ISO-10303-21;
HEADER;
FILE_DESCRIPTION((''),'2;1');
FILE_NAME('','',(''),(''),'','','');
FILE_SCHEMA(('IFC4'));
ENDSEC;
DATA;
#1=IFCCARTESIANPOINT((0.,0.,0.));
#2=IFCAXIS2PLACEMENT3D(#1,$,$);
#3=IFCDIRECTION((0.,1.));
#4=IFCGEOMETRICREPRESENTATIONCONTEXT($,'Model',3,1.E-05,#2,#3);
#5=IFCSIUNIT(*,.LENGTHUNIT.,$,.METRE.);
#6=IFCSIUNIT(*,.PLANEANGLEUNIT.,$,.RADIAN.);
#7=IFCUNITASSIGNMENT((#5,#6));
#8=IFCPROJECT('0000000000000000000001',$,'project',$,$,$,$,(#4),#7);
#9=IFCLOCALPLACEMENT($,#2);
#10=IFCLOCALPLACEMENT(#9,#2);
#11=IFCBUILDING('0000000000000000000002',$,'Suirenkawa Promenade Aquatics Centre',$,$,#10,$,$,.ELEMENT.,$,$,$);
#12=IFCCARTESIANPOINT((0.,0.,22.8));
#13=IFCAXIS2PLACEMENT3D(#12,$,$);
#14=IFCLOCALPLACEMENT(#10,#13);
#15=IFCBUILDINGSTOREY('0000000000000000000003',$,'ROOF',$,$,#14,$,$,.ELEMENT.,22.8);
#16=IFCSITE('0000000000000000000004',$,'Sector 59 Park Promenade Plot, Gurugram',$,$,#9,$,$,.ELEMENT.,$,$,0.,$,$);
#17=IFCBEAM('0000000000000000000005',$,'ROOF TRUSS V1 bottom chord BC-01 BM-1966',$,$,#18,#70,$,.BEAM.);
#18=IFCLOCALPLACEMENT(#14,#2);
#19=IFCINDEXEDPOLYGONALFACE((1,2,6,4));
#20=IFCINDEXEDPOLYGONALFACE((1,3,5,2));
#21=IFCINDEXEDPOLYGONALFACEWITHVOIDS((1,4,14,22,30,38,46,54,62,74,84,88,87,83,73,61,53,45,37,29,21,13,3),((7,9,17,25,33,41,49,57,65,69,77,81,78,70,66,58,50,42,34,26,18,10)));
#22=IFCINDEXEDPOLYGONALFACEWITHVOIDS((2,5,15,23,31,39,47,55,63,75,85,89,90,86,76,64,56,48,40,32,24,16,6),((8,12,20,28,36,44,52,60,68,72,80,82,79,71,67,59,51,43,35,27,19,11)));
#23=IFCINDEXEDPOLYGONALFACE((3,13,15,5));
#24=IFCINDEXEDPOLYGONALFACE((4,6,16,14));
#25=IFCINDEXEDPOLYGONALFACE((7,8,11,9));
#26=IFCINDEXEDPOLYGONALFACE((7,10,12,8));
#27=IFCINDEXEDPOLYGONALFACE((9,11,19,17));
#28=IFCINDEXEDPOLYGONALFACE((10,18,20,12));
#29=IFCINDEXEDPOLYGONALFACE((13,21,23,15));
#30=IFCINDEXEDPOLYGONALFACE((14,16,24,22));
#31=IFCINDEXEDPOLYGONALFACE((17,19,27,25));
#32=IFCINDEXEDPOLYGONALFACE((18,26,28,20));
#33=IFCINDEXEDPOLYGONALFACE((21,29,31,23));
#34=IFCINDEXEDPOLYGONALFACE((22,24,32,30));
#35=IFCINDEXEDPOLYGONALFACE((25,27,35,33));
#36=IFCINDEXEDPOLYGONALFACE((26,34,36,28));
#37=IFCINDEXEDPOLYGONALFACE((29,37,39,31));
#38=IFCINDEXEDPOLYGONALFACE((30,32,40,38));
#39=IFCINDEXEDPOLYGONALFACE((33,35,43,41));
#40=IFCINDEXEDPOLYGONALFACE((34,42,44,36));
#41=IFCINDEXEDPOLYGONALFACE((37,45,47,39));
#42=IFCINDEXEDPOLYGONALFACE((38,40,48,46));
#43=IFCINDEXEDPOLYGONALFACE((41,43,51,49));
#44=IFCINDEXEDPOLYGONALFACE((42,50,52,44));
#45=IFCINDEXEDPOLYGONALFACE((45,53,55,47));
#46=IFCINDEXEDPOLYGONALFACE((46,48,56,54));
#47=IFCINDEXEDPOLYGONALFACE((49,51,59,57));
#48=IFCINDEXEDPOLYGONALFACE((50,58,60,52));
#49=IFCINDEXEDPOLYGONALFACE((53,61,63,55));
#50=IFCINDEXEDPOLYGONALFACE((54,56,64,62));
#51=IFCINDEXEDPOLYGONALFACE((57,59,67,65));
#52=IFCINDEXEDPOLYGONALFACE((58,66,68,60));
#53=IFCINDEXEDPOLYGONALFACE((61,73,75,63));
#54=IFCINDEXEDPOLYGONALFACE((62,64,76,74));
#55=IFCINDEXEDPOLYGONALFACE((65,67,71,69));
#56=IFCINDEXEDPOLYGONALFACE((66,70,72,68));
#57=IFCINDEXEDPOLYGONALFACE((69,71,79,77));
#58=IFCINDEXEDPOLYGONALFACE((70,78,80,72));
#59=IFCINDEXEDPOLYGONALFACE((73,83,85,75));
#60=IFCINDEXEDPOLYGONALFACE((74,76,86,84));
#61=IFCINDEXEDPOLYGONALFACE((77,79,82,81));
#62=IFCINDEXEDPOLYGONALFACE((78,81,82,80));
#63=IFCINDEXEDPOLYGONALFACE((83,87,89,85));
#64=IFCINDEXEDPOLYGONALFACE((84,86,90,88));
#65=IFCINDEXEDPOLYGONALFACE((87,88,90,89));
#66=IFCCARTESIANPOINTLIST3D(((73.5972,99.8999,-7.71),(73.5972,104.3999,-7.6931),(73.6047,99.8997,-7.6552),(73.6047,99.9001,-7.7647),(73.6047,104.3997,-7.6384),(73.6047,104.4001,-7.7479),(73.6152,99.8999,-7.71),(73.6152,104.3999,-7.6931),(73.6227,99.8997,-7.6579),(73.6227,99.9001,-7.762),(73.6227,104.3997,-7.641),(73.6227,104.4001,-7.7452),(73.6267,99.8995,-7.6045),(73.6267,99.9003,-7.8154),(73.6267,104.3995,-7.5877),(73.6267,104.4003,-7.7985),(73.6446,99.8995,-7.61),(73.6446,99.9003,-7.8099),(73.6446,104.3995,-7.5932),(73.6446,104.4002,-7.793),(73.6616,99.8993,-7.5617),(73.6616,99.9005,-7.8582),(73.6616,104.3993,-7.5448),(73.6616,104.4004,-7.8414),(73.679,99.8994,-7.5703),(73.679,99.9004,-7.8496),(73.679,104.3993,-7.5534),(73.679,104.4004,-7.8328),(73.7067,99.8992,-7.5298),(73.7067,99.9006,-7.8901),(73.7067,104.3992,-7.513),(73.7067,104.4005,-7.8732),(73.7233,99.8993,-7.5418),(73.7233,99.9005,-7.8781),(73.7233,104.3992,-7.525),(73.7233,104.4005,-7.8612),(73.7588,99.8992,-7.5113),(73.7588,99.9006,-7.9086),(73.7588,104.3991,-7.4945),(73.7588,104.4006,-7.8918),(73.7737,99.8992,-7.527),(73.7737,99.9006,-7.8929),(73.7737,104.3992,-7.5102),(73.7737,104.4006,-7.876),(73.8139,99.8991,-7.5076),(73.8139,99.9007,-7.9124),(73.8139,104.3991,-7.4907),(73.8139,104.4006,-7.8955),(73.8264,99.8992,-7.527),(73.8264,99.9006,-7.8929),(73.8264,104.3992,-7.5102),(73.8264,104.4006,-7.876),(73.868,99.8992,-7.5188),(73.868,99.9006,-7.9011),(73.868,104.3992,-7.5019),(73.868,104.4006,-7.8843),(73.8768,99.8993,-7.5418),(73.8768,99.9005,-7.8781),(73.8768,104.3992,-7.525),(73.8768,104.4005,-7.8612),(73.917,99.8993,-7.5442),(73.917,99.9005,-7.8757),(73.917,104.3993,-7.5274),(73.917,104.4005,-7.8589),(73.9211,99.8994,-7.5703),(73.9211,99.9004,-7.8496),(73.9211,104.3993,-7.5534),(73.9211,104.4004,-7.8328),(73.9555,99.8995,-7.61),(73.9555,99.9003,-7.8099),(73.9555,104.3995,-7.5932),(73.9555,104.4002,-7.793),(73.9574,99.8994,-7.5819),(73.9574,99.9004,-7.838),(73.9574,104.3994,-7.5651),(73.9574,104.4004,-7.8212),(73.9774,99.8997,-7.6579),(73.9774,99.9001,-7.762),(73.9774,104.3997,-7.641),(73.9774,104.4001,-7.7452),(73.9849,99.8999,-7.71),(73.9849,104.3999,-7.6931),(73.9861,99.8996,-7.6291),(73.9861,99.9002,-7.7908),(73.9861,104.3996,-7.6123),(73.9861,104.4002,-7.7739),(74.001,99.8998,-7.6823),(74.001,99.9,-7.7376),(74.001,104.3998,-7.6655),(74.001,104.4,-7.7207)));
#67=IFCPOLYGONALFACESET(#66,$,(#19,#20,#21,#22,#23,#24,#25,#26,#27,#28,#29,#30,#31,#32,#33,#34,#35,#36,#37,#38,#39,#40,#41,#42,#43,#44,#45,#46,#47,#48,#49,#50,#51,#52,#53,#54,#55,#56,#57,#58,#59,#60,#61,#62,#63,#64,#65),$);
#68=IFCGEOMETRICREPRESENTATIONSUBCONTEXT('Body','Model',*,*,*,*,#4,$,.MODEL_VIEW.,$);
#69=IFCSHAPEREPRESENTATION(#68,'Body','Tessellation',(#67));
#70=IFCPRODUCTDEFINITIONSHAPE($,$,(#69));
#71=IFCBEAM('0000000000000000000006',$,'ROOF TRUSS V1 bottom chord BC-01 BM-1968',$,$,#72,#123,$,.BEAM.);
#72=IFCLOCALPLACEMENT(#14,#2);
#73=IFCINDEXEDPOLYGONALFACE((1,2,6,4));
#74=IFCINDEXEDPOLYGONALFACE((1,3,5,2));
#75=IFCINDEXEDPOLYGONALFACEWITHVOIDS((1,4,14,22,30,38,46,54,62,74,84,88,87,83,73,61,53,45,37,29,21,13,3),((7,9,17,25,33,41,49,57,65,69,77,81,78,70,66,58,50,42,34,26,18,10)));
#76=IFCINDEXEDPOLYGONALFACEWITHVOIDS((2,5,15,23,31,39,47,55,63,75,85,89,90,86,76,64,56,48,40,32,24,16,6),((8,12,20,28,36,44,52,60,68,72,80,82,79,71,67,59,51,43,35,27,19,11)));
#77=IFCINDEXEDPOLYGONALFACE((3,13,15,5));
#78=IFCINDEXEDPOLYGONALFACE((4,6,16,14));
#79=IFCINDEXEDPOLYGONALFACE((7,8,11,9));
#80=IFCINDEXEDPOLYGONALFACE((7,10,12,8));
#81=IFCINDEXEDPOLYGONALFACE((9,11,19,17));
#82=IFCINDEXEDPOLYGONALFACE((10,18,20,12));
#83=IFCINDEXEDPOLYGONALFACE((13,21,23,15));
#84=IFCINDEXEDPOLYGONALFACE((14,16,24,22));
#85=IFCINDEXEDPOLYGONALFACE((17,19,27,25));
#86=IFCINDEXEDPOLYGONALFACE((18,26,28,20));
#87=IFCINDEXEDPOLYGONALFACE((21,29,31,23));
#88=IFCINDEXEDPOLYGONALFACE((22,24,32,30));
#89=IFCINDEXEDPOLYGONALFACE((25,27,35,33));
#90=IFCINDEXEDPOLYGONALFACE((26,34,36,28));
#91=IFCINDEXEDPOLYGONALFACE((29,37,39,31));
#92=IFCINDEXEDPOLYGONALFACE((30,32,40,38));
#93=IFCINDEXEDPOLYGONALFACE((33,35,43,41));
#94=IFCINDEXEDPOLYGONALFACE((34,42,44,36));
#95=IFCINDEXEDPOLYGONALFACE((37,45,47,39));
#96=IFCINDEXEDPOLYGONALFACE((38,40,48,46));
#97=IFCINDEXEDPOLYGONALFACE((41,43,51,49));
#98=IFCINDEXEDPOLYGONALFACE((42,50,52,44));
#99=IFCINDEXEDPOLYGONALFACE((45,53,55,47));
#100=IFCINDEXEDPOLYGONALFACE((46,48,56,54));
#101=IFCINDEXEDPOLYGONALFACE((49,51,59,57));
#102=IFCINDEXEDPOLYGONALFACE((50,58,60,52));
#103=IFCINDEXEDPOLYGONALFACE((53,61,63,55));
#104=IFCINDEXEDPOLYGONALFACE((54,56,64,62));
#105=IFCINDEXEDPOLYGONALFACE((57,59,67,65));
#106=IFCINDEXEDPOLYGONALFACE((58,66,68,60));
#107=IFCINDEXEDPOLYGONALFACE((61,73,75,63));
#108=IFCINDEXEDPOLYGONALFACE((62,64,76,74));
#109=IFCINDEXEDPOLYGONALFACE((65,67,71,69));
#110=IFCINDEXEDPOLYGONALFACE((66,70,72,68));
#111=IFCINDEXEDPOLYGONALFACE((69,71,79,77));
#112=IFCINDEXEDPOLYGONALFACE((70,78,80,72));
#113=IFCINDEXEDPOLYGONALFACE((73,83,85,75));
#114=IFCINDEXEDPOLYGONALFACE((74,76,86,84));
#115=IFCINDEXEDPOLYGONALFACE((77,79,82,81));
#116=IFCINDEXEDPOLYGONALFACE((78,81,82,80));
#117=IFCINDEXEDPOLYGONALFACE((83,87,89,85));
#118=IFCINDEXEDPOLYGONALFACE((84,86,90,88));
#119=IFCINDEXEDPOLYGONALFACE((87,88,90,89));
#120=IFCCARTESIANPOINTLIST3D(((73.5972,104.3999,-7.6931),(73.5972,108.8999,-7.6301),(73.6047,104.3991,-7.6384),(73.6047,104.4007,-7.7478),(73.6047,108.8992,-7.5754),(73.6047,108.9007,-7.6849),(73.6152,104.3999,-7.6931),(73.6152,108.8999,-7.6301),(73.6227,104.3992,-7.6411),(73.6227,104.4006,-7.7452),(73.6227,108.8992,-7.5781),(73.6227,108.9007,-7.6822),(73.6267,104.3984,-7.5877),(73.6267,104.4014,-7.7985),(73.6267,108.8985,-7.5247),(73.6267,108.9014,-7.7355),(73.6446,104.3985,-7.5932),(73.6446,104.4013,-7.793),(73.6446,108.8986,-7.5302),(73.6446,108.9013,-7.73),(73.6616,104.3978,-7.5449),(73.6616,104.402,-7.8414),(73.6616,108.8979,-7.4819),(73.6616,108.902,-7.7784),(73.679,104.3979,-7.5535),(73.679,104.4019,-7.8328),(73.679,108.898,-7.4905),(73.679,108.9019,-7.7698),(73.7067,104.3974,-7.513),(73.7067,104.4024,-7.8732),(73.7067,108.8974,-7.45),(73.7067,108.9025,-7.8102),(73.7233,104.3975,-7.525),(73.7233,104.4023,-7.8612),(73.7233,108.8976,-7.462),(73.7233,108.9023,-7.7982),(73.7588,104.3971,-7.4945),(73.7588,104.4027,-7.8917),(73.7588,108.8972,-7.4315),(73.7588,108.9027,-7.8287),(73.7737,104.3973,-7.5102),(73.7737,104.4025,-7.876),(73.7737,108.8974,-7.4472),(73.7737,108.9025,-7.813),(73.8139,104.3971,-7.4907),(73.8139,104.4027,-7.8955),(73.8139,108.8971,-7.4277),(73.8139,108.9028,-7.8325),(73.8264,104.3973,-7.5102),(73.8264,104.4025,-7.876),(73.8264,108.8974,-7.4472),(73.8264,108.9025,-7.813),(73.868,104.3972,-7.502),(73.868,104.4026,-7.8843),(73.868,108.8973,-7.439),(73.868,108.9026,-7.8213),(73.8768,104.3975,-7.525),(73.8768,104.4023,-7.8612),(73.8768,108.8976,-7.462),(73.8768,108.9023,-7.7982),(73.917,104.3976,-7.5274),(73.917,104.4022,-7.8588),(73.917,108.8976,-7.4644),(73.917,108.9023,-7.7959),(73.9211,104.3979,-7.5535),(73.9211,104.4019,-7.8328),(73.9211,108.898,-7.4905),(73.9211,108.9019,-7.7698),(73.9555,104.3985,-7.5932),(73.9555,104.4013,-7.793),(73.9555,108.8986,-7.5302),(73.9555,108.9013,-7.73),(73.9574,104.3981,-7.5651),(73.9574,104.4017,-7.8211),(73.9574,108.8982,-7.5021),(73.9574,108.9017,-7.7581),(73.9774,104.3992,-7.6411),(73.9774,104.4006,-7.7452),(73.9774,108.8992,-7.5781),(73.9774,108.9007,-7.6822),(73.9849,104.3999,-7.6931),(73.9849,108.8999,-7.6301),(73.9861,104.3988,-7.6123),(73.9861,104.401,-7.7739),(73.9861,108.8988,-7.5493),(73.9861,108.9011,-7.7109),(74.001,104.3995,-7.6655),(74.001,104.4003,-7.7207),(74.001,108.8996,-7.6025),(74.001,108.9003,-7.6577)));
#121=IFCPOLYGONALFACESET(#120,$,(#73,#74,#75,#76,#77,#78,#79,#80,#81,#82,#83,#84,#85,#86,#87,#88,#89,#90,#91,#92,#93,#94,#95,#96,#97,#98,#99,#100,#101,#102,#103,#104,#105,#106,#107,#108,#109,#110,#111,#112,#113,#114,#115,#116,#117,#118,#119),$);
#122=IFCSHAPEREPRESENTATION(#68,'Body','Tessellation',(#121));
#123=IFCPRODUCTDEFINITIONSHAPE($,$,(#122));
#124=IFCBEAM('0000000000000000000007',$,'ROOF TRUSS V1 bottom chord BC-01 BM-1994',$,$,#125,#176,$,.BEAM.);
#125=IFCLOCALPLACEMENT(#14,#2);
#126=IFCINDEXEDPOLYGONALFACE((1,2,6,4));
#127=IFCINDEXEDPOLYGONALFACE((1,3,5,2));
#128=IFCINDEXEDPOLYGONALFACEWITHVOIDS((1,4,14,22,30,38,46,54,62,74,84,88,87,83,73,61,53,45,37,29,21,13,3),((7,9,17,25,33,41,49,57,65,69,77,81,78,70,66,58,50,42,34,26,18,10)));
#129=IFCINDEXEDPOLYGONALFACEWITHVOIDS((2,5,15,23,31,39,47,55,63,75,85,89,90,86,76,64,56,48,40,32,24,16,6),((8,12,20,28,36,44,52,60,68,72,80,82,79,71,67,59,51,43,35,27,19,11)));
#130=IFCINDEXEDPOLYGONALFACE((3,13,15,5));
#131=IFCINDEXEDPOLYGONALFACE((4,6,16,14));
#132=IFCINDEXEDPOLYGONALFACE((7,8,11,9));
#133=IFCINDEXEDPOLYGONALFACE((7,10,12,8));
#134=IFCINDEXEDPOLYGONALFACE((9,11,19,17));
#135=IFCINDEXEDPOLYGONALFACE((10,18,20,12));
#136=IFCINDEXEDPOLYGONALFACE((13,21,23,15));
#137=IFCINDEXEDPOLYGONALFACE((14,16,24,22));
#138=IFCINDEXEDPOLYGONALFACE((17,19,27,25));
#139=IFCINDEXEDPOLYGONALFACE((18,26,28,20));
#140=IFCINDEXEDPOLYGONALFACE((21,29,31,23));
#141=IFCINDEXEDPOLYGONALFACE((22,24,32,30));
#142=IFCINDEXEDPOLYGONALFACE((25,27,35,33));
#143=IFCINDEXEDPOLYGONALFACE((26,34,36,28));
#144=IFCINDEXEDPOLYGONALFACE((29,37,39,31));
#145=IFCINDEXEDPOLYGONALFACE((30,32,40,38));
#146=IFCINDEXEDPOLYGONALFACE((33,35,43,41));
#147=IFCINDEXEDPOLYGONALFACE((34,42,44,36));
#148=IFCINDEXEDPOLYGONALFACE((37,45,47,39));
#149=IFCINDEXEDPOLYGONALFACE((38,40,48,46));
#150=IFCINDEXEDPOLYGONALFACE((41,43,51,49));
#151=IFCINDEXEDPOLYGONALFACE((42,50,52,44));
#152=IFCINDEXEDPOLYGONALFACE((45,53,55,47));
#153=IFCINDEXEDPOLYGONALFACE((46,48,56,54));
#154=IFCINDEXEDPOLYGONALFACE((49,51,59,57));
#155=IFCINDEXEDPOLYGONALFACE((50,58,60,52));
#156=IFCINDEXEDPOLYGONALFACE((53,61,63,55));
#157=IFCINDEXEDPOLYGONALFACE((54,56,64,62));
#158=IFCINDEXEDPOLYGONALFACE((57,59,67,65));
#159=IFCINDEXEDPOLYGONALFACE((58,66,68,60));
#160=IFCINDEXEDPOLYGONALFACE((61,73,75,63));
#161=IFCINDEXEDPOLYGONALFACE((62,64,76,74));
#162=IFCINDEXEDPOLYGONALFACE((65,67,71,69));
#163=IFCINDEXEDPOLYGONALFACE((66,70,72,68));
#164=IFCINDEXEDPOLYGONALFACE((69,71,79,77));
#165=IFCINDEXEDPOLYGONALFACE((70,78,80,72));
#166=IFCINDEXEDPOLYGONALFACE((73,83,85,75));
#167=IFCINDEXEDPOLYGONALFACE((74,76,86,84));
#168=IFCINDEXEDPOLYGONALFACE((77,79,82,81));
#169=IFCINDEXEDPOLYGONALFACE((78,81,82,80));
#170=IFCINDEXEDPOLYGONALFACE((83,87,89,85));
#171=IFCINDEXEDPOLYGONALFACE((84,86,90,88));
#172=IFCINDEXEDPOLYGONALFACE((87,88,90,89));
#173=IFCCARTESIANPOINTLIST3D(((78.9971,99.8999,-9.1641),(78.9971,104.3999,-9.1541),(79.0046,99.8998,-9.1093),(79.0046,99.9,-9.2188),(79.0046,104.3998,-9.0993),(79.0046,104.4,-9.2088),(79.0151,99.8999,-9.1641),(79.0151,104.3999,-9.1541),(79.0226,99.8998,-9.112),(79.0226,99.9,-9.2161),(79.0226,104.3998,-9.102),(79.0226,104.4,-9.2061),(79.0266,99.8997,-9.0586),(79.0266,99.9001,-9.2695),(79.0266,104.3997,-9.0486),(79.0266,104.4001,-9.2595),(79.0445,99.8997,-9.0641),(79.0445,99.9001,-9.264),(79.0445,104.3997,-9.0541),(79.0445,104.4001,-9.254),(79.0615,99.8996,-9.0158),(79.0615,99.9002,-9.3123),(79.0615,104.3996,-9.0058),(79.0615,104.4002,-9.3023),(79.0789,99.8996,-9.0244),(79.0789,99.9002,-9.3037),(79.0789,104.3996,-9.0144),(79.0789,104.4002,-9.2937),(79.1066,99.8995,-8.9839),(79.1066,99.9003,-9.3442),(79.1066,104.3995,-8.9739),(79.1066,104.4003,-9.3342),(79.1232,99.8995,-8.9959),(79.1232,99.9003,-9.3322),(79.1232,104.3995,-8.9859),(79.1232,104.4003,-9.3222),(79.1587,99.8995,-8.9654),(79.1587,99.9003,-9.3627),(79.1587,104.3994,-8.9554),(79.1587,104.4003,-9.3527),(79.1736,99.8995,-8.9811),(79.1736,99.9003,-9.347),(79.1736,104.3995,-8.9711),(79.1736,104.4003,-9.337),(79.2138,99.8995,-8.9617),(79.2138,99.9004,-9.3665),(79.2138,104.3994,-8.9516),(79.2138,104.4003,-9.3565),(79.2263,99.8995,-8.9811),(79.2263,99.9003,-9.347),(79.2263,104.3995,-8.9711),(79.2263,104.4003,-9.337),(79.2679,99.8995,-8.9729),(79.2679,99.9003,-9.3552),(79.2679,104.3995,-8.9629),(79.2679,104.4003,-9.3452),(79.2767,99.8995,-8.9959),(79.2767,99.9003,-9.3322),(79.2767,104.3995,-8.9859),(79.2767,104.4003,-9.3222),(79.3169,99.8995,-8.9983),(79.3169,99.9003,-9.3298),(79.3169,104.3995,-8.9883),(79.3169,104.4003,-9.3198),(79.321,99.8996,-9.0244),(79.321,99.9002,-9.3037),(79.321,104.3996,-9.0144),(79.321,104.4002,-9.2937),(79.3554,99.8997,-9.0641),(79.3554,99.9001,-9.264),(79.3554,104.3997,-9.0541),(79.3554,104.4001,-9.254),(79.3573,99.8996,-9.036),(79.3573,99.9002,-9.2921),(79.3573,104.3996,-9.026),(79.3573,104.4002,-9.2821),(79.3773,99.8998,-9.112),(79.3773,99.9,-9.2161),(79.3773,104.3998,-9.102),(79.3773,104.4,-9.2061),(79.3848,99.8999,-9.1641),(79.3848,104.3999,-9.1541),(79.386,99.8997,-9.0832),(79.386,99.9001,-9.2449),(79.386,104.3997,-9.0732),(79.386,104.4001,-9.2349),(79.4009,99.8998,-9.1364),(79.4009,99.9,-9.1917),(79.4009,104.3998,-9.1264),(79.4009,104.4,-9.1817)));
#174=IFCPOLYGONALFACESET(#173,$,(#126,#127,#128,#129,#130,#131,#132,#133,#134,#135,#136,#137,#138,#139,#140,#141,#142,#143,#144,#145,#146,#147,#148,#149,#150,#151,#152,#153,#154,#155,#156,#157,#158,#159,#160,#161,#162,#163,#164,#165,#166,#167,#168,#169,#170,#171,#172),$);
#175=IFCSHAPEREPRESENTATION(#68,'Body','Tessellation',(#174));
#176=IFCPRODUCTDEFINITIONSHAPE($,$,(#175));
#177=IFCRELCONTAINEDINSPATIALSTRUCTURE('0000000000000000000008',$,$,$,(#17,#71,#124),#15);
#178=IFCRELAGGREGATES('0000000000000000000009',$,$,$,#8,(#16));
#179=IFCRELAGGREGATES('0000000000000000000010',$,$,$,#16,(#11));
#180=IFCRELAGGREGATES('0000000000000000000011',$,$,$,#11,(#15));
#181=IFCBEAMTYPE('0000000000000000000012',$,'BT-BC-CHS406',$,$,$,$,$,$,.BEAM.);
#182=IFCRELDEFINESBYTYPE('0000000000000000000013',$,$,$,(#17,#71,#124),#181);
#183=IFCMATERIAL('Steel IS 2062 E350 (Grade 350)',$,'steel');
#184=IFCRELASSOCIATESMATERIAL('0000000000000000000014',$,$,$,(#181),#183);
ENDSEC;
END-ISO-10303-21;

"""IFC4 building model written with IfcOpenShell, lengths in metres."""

from ifc_helpers import new_model, si_unit, direction, frame, origin, origin_2d, place, context, subcontext, project, spatial, hollow_circle, extrude, material, material_profile, profile_set, type_object, element, save


model = new_model("IFC4")

# Units and contexts
model_context = context("Model", 3, precision=1e-05, world=origin(), true_north=direction((0.0, 1.0)))
body_context = subcontext(model_context, "Body", "Model", "MODEL_VIEW")
ifc_project = project(units=[si_unit("LENGTHUNIT", "METRE"), si_unit("PLANEANGLEUNIT", "RADIAN")], contexts=[model_context])

# Site, building, storey
site_placement = place(None, origin())
site = spatial("IfcSite", under=ifc_project, at=site_placement, Name="Sector 59 Park Promenade Plot, Gurugram", CompositionType="ELEMENT", RefElevation=0.0)
building_placement = place(site_placement, origin())
building = spatial("IfcBuilding", under=site, at=building_placement, Name="Suirenkawa Promenade Aquatics Centre", CompositionType="ELEMENT")
storey_placement = place(building_placement, frame((0.0, 0.0, 22.8)))
storey = spatial("IfcBuildingStorey", under=building, at=storey_placement, Name="ROOF", CompositionType="ELEMENT", Elevation=22.8)

# Beams
ifc_material_1 = material(Name="Steel IS 2062 E350 (Grade 350)", Category="steel")
ifc_material_profile_1 = material_profile(ifc_material_1, hollow_circle(Radius=0.2029, WallThickness=0.0181, at=origin_2d()), Name="CHS 406x18", Category="steel")
ifc_profile_set_1 = profile_set([ifc_material_profile_1], Name="Steel IS 2062 E350 (Grade 350)")
beam_type_1 = type_object("IfcBeamType", Name="BT-BC-CHS406", PredefinedType="BEAM", material=ifc_profile_set_1)
beam_1_placement = place(storey_placement, frame((73.8, 99.8999, -7.71), z_axis=(0.0, 0.999993, 0.003743), x_axis=(-1.0, 0.0, 0.0)))
element("IfcBeam", 1, at=beam_1_placement, inside=storey, type_object=beam_type_1, Name="ROOF TRUSS V1 bottom chord BC-01 BM-1966", PredefinedType="BEAM", context=body_context, shape_type="SweptSolid", body=[
    extrude(hollow_circle(Radius=0.2029, WallThickness=0.0181, at=origin_2d()), origin(), (0.0, 0.0, 1.0), 4.5),
])
beam_2_placement = place(storey_placement, frame((73.8, 104.3999, -7.6931), z_axis=(0.0, 0.999902, 0.013996), x_axis=(-1.0, 0.0, 0.0)))
element("IfcBeam", 2, at=beam_2_placement, inside=storey, type_object=beam_type_1, Name="ROOF TRUSS V1 bottom chord BC-01 BM-1968", PredefinedType="BEAM", context=body_context, shape_type="SweptSolid", body=[
    extrude(hollow_circle(Radius=0.2029, WallThickness=0.0181, at=origin_2d()), origin(), (0.0, 0.0, 1.0), 4.5005),
])
beam_3_placement = place(storey_placement, frame((79.2, 99.8999, -9.1641), z_axis=(0.0, 0.999998, 0.002224), x_axis=(-1.0, 0.0, 0.0)))
element("IfcBeam", 3, at=beam_3_placement, inside=storey, type_object=beam_type_1, Name="ROOF TRUSS V1 bottom chord BC-01 BM-1994", PredefinedType="BEAM", context=body_context, shape_type="SweptSolid", body=[
    extrude(hollow_circle(Radius=0.2029, WallThickness=0.0181, at=origin_2d()), origin(), (0.0, 0.0, 1.0), 4.5),
])

save(model, "model.ifc")
